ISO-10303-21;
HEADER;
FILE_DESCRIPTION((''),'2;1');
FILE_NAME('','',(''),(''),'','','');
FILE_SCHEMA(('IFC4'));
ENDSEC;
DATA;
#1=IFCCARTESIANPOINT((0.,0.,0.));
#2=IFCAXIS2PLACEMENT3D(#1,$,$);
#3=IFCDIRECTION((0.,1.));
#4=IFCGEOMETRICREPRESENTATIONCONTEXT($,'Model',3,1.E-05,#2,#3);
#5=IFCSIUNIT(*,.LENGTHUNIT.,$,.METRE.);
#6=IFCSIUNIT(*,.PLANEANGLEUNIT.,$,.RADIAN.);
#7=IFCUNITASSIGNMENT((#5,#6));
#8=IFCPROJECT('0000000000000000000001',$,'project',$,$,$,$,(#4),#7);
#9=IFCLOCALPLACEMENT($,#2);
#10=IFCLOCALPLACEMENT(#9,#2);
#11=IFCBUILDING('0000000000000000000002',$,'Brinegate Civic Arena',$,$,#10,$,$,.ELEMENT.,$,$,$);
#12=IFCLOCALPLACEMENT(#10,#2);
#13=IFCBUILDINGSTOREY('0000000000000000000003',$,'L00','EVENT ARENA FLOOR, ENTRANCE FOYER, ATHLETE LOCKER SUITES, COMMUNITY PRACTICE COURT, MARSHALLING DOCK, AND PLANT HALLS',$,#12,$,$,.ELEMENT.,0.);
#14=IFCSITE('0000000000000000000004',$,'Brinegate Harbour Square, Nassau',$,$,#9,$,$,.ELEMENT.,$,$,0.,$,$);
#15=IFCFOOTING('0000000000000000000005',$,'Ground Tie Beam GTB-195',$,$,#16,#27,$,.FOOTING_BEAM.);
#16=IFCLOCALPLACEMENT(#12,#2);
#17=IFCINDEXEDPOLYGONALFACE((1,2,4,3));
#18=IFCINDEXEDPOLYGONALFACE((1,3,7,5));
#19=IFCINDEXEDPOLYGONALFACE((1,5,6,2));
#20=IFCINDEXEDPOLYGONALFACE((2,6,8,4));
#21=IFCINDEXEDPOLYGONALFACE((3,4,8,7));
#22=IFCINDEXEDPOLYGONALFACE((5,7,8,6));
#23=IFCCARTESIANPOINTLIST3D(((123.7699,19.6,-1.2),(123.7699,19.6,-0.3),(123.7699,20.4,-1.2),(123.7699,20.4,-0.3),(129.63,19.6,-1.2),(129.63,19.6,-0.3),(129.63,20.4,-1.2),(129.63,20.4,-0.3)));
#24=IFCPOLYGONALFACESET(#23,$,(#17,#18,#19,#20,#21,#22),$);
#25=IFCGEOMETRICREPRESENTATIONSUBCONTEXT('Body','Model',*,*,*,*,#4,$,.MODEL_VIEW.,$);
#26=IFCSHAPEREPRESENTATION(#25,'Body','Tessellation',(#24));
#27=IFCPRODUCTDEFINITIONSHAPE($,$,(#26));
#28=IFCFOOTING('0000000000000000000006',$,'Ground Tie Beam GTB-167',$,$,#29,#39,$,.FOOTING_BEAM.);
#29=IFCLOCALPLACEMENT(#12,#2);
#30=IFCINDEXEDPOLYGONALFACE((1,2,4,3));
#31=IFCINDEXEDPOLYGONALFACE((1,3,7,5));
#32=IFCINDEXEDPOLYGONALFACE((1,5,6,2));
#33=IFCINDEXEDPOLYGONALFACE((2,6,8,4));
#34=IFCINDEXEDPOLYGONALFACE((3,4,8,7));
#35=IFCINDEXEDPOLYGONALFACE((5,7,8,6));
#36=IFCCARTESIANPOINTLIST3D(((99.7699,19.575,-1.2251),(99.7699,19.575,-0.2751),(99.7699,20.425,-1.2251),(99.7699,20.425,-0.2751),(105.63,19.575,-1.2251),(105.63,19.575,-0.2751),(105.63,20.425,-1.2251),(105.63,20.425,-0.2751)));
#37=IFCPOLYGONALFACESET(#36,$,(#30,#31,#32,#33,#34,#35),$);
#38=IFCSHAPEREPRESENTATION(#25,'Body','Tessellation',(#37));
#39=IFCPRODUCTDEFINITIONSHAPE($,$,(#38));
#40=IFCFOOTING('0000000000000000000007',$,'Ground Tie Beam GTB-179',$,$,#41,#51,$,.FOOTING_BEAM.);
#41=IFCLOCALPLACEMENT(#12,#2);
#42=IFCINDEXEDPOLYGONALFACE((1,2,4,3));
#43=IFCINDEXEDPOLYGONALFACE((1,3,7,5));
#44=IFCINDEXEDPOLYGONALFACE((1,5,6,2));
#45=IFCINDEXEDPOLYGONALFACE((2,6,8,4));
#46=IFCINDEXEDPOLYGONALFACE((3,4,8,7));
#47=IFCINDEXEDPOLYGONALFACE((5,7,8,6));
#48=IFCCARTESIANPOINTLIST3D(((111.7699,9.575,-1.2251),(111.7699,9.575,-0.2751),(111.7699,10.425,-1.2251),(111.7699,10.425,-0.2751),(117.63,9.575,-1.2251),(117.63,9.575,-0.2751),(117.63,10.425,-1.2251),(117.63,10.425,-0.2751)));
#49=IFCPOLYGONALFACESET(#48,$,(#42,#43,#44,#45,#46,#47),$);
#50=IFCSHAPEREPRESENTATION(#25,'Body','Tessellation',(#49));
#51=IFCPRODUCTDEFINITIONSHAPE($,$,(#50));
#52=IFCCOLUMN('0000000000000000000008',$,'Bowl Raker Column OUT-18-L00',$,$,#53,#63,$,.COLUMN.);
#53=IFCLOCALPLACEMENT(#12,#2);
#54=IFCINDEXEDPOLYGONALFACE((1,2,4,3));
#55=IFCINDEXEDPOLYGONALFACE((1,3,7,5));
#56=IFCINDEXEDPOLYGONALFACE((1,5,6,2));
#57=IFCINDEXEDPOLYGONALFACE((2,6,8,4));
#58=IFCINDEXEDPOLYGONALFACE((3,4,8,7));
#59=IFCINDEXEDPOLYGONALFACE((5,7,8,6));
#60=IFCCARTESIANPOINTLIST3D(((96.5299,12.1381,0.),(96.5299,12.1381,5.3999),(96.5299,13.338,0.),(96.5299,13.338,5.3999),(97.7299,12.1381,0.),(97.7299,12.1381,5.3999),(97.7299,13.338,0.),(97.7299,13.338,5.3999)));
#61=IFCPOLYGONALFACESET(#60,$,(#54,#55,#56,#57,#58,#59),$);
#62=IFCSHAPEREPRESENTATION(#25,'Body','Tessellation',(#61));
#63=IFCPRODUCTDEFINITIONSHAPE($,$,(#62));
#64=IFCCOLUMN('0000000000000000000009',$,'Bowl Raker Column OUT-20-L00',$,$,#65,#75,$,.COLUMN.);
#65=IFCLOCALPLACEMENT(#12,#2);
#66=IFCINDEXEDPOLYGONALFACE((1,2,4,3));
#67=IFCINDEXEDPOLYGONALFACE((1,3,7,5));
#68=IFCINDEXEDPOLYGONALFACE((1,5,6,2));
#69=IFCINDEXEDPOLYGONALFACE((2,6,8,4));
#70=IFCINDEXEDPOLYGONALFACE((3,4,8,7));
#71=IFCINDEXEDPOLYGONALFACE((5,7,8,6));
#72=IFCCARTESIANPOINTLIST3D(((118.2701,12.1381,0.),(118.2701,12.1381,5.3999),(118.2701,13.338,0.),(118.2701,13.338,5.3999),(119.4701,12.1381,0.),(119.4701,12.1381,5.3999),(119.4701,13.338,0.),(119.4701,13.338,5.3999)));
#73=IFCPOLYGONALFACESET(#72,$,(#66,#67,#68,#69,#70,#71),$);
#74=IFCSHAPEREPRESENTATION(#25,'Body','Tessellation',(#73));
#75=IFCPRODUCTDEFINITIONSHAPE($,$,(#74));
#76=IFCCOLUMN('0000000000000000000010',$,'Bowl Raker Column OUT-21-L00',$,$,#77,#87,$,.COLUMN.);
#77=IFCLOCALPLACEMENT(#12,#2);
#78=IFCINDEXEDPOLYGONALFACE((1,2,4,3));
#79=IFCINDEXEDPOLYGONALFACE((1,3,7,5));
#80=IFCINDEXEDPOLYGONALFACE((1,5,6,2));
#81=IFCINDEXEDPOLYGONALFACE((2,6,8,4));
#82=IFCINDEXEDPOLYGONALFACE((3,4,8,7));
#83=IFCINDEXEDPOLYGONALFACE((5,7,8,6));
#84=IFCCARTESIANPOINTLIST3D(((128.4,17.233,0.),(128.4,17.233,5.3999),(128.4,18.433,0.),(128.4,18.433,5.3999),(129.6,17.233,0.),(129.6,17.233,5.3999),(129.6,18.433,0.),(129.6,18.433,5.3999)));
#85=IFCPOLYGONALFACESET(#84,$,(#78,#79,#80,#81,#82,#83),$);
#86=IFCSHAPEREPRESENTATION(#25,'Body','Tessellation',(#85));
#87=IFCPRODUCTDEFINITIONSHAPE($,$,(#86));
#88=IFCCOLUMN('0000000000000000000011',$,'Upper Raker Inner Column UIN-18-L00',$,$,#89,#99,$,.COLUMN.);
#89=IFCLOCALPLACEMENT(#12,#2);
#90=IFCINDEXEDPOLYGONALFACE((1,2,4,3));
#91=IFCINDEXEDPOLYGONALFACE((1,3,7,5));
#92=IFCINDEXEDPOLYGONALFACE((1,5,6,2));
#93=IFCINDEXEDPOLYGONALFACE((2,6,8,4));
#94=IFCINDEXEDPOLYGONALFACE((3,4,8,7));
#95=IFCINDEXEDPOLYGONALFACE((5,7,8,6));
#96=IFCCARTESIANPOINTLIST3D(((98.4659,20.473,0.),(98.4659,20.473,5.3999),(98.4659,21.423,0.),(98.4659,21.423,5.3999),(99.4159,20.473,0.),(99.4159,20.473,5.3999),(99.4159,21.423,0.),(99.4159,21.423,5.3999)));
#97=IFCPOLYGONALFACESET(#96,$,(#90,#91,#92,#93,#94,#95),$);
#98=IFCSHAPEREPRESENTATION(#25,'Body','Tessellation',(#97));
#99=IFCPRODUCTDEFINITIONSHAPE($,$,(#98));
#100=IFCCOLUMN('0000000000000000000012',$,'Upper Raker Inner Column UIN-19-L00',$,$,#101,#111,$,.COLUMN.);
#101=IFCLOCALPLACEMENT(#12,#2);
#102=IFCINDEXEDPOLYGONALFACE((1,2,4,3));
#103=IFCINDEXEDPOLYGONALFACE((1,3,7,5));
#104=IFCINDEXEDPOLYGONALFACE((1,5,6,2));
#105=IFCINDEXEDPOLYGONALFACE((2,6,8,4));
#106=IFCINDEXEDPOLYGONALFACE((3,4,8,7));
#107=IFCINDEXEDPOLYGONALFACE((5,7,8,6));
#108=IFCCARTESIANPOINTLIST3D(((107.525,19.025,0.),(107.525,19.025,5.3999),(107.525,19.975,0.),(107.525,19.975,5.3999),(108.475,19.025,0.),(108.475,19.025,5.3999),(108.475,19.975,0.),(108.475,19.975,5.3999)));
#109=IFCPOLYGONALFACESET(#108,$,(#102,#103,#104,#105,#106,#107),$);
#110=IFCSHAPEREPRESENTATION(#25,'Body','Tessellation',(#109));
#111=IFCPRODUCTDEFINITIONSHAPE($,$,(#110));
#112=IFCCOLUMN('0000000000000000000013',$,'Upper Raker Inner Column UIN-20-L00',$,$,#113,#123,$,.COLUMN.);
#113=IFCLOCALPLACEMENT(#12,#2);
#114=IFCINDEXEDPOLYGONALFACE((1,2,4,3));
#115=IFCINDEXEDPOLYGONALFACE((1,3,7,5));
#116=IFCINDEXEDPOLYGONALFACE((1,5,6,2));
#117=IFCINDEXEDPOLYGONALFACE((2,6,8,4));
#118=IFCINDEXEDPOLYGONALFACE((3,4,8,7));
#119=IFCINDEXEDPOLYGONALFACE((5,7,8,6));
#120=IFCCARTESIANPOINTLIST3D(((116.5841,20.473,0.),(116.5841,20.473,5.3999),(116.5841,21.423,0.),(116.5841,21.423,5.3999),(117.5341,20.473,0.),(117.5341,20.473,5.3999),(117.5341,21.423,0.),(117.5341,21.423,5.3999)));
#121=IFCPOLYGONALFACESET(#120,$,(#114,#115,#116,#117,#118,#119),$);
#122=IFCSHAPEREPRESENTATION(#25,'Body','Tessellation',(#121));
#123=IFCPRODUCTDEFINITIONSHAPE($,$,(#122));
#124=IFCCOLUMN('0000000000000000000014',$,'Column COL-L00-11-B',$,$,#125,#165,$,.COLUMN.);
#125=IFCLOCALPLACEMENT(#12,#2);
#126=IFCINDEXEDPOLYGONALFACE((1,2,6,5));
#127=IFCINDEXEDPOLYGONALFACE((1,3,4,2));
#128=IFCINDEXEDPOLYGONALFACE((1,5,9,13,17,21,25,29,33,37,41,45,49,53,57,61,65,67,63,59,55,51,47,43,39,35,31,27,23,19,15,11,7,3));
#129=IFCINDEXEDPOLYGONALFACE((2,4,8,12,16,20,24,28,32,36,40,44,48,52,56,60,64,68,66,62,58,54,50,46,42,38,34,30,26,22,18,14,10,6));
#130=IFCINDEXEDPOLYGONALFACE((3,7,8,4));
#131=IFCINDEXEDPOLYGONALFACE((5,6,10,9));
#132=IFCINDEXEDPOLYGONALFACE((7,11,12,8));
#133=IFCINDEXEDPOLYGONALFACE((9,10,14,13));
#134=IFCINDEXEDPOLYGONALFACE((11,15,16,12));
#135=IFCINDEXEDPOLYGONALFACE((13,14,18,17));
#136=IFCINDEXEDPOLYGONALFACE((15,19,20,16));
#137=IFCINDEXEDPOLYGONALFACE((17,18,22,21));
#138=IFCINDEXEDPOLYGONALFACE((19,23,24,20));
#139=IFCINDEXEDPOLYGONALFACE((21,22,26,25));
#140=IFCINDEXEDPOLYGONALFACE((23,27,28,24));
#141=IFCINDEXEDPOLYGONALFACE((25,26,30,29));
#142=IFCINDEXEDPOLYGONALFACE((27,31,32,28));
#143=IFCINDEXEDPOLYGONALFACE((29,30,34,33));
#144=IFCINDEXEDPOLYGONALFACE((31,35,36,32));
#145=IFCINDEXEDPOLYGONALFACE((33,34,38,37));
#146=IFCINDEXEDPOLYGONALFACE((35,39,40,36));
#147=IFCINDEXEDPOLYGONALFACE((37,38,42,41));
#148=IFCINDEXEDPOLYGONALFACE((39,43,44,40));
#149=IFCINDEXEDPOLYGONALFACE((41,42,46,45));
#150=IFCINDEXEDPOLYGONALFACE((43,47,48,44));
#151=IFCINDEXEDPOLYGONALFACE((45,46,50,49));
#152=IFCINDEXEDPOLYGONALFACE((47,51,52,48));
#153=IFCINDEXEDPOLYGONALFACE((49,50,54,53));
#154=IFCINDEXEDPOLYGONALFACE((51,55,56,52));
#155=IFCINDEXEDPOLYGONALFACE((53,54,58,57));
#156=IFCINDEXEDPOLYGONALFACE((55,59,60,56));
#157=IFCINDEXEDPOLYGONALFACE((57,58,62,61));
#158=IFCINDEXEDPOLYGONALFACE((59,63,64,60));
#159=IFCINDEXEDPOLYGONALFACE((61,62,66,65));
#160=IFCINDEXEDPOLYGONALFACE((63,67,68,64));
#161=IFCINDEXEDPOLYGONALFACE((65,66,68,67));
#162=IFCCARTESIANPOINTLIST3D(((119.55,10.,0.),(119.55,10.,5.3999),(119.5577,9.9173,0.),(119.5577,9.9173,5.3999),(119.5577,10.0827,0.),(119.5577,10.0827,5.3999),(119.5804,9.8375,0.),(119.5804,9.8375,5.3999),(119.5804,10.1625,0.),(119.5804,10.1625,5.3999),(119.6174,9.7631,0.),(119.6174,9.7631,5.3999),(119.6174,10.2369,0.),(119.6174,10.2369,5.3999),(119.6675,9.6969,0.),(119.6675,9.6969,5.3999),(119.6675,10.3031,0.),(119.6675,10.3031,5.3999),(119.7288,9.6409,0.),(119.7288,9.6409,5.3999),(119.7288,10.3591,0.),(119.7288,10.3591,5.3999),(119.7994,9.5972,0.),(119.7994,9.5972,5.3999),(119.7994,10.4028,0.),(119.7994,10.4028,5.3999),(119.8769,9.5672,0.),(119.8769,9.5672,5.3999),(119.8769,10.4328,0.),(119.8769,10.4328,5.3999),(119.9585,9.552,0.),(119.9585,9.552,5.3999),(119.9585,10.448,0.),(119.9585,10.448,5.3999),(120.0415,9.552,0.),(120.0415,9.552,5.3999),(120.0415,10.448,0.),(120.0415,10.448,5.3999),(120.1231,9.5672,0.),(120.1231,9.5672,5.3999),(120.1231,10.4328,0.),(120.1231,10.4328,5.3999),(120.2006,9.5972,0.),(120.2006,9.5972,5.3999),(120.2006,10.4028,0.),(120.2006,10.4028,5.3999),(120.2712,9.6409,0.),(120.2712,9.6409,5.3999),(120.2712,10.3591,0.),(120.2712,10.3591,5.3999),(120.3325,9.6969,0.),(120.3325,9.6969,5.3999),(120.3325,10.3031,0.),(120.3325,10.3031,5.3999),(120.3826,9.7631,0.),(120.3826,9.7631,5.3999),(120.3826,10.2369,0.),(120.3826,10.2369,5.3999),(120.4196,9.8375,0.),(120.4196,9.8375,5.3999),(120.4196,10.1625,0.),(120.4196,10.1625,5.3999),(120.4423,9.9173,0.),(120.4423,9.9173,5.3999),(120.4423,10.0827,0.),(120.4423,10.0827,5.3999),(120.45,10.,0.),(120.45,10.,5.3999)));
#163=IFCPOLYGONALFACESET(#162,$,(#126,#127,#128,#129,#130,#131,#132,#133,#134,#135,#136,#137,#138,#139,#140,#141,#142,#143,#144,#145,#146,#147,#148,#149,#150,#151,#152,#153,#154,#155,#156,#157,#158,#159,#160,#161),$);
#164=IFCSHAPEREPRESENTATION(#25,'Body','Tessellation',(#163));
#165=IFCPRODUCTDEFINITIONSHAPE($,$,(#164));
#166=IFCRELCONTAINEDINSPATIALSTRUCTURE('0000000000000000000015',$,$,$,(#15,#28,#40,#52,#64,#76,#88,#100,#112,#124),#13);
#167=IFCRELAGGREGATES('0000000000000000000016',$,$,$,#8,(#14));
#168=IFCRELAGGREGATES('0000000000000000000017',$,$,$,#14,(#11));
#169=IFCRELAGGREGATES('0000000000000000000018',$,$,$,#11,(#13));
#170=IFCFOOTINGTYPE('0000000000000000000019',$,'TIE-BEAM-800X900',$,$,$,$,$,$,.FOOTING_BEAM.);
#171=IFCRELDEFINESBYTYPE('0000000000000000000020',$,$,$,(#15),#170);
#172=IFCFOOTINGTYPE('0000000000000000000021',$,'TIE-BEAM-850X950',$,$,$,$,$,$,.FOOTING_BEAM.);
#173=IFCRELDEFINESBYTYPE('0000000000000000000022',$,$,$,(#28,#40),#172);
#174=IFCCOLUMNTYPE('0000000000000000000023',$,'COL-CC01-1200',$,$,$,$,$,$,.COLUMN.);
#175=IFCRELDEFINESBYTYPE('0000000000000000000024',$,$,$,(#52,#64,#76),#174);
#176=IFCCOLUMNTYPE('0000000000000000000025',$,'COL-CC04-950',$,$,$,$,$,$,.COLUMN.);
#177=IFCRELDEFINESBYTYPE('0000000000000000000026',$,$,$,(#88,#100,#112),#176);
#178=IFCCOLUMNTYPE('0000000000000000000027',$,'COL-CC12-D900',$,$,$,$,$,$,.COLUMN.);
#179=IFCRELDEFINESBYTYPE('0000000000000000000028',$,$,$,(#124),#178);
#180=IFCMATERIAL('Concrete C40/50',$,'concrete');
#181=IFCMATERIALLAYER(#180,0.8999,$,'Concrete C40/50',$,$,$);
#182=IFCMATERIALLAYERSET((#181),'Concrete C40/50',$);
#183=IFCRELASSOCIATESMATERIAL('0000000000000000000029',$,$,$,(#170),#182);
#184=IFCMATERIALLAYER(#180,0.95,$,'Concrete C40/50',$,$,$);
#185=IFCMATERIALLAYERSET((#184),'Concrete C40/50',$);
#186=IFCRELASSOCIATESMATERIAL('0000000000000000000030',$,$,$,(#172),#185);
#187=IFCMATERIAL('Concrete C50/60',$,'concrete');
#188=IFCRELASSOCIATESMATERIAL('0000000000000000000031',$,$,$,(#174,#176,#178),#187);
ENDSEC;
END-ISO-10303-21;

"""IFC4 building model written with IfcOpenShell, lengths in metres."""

from ifc_helpers import new_model, si_unit, direction, frame, origin, origin_2d, place, context, subcontext, project, spatial, rectangle, circle, extrude, material, layer, layer_set, material_profile, profile_set, type_object, element, save


model = new_model("IFC4")

# Units and contexts
model_context = context("Model", 3, precision=1e-05, world=origin(), true_north=direction((0.0, 1.0)))
body_context = subcontext(model_context, "Body", "Model", "MODEL_VIEW")
ifc_project = project(units=[si_unit("LENGTHUNIT", "METRE"), si_unit("PLANEANGLEUNIT", "RADIAN")], contexts=[model_context])

# Site, building, storey
site_placement = place(None, origin())
site = spatial("IfcSite", under=ifc_project, at=site_placement, Name="Brinegate Harbour Square, Nassau", CompositionType="ELEMENT", RefElevation=0.0)
building_placement = place(site_placement, origin())
building = spatial("IfcBuilding", under=site, at=building_placement, Name="Brinegate Civic Arena", CompositionType="ELEMENT")
storey_placement = place(building_placement, origin())
storey = spatial("IfcBuildingStorey", under=building, at=storey_placement, Name="L00", Description="EVENT ARENA FLOOR, ENTRANCE FOYER, ATHLETE LOCKER SUITES, COMMUNITY PRACTICE COURT, MARSHALLING DOCK, AND PLANT HALLS", CompositionType="ELEMENT", Elevation=0.0)

# Shared definitions
ifc_material_1 = material(Name="Concrete C40/50", Category="concrete")

# Footings
ifc_layer_1 = layer(ifc_material_1, 0.8999, Name="Concrete C40/50")
ifc_layer_set_1 = layer_set([ifc_layer_1], Name="Concrete C40/50")
footing_type_1 = type_object("IfcFootingType", Name="TIE-BEAM-800X900", PredefinedType="FOOTING_BEAM", material=ifc_layer_set_1)
footing_placement = place(storey_placement, frame((126.7, 20.0, -1.2), z_axis=(0.0, 0.0, 1.0), x_axis=(1.0, 0.0, 0.0)))
element("IfcFooting", 1, at=footing_placement, inside=storey, type_object=footing_type_1, Name="Ground Tie Beam GTB-195", PredefinedType="FOOTING_BEAM", context=body_context, shape_type="SweptSolid", body=[
    extrude(rectangle(XDim=5.8601, YDim=0.8, at=origin_2d()), origin(), (0.0, 0.0, 1.0), 0.8999),
])
ifc_layer_2 = layer(ifc_material_1, 0.95, Name="Concrete C40/50")
ifc_layer_set_2 = layer_set([ifc_layer_2], Name="Concrete C40/50")
footing_type_2 = type_object("IfcFootingType", Name="TIE-BEAM-850X950", PredefinedType="FOOTING_BEAM", material=ifc_layer_set_2)
for number, where, z_axis, x_axis, name in (
    (2, (102.7, 20.0, -1.2251), (0.0, 0.0, 1.0), (1.0, 0.0, 0.0), "Ground Tie Beam GTB-167"),
    (3, (114.7, 10.0, -1.2251), (0.0, 0.0, 1.0), (1.0, 0.0, 0.0), "Ground Tie Beam GTB-179"),
):
    element("IfcFooting", number, at=place(storey_placement, frame(where, z_axis=z_axis, x_axis=x_axis)), inside=storey, type_object=footing_type_2, Name=name, PredefinedType="FOOTING_BEAM", context=body_context, shape_type="SweptSolid", body=[
        extrude(rectangle(XDim=5.8601, YDim=0.8501, at=origin_2d()), origin(), (0.0, 0.0, 1.0), 0.95),
    ])

# Columns
ifc_material_2 = material(Name="Concrete C50/60", Category="concrete")
ifc_material_profile_1 = material_profile(ifc_material_2, rectangle(XDim=1.2, YDim=1.2, at=origin_2d()), Name="RC1200X1200")
ifc_profile_set_1 = profile_set([ifc_material_profile_1], Name="Concrete C50/60")
column_type_1 = type_object("IfcColumnType", Name="COL-CC01-1200", PredefinedType="COLUMN", material=ifc_profile_set_1)
for number, where, z_axis, x_axis, name in (
    (4, (97.1299, 12.738, 0.0), (0.0, 0.0, 1.0), (1.0, 0.0, 0.0), "Bowl Raker Column OUT-18-L00"),
    (5, (118.8701, 12.738, 0.0), (0.0, 0.0, 1.0), (1.0, 0.0, 0.0), "Bowl Raker Column OUT-20-L00"),
    (6, (129.0, 17.833, 0.0), (0.0, 0.0, 1.0), (1.0, 0.0, 0.0), "Bowl Raker Column OUT-21-L00"),
):
    element("IfcColumn", number, at=place(storey_placement, frame(where, z_axis=z_axis, x_axis=x_axis)), inside=storey, type_object=column_type_1, Name=name, PredefinedType="COLUMN", context=body_context, shape_type="SweptSolid", body=[
        extrude(rectangle(XDim=1.2, YDim=1.2, at=origin_2d()), origin(), (0.0, 0.0, 1.0), 5.3999),
    ])
ifc_material_profile_2 = material_profile(ifc_material_2, rectangle(XDim=0.95, YDim=0.95, at=origin_2d()), Name="RC950X950")
ifc_profile_set_2 = profile_set([ifc_material_profile_2], Name="Concrete C50/60")
column_type_2 = type_object("IfcColumnType", Name="COL-CC04-950", PredefinedType="COLUMN", material=ifc_profile_set_2)
for number, where, z_axis, x_axis, name in (
    (7, (98.9409, 20.948, 0.0), (0.0, 0.0, 1.0), (1.0, 0.0, 0.0), "Upper Raker Inner Column UIN-18-L00"),
    (8, (108.0, 19.5, 0.0), (0.0, 0.0, 1.0), (1.0, 0.0, 0.0), "Upper Raker Inner Column UIN-19-L00"),
    (9, (117.0591, 20.948, 0.0), (0.0, 0.0, 1.0), (1.0, 0.0, 0.0), "Upper Raker Inner Column UIN-20-L00"),
):
    element("IfcColumn", number, at=place(storey_placement, frame(where, z_axis=z_axis, x_axis=x_axis)), inside=storey, type_object=column_type_2, Name=name, PredefinedType="COLUMN", context=body_context, shape_type="SweptSolid", body=[
        extrude(rectangle(XDim=0.95, YDim=0.95, at=origin_2d()), origin(), (0.0, 0.0, 1.0), 5.3999),
    ])
ifc_material_profile_3 = material_profile(ifc_material_2, circle(Radius=0.45, at=origin_2d()), Name="RCD900")
ifc_profile_set_3 = profile_set([ifc_material_profile_3], Name="Concrete C50/60")
column_type_3 = type_object("IfcColumnType", Name="COL-CC12-D900", PredefinedType="COLUMN", material=ifc_profile_set_3)
column_placement = place(storey_placement, frame((120.0, 10.0, 0.0), z_axis=(0.0, 0.0, 1.0), x_axis=(1.0, 0.0, 0.0)))
element("IfcColumn", 10, at=column_placement, inside=storey, type_object=column_type_3, Name="Column COL-L00-11-B", PredefinedType="COLUMN", context=body_context, shape_type="SweptSolid", body=[
    extrude(circle(Radius=0.45, at=origin_2d()), origin(), (0.0, 0.0, 1.0), 5.3999),
])

save(model, "model.ifc")
